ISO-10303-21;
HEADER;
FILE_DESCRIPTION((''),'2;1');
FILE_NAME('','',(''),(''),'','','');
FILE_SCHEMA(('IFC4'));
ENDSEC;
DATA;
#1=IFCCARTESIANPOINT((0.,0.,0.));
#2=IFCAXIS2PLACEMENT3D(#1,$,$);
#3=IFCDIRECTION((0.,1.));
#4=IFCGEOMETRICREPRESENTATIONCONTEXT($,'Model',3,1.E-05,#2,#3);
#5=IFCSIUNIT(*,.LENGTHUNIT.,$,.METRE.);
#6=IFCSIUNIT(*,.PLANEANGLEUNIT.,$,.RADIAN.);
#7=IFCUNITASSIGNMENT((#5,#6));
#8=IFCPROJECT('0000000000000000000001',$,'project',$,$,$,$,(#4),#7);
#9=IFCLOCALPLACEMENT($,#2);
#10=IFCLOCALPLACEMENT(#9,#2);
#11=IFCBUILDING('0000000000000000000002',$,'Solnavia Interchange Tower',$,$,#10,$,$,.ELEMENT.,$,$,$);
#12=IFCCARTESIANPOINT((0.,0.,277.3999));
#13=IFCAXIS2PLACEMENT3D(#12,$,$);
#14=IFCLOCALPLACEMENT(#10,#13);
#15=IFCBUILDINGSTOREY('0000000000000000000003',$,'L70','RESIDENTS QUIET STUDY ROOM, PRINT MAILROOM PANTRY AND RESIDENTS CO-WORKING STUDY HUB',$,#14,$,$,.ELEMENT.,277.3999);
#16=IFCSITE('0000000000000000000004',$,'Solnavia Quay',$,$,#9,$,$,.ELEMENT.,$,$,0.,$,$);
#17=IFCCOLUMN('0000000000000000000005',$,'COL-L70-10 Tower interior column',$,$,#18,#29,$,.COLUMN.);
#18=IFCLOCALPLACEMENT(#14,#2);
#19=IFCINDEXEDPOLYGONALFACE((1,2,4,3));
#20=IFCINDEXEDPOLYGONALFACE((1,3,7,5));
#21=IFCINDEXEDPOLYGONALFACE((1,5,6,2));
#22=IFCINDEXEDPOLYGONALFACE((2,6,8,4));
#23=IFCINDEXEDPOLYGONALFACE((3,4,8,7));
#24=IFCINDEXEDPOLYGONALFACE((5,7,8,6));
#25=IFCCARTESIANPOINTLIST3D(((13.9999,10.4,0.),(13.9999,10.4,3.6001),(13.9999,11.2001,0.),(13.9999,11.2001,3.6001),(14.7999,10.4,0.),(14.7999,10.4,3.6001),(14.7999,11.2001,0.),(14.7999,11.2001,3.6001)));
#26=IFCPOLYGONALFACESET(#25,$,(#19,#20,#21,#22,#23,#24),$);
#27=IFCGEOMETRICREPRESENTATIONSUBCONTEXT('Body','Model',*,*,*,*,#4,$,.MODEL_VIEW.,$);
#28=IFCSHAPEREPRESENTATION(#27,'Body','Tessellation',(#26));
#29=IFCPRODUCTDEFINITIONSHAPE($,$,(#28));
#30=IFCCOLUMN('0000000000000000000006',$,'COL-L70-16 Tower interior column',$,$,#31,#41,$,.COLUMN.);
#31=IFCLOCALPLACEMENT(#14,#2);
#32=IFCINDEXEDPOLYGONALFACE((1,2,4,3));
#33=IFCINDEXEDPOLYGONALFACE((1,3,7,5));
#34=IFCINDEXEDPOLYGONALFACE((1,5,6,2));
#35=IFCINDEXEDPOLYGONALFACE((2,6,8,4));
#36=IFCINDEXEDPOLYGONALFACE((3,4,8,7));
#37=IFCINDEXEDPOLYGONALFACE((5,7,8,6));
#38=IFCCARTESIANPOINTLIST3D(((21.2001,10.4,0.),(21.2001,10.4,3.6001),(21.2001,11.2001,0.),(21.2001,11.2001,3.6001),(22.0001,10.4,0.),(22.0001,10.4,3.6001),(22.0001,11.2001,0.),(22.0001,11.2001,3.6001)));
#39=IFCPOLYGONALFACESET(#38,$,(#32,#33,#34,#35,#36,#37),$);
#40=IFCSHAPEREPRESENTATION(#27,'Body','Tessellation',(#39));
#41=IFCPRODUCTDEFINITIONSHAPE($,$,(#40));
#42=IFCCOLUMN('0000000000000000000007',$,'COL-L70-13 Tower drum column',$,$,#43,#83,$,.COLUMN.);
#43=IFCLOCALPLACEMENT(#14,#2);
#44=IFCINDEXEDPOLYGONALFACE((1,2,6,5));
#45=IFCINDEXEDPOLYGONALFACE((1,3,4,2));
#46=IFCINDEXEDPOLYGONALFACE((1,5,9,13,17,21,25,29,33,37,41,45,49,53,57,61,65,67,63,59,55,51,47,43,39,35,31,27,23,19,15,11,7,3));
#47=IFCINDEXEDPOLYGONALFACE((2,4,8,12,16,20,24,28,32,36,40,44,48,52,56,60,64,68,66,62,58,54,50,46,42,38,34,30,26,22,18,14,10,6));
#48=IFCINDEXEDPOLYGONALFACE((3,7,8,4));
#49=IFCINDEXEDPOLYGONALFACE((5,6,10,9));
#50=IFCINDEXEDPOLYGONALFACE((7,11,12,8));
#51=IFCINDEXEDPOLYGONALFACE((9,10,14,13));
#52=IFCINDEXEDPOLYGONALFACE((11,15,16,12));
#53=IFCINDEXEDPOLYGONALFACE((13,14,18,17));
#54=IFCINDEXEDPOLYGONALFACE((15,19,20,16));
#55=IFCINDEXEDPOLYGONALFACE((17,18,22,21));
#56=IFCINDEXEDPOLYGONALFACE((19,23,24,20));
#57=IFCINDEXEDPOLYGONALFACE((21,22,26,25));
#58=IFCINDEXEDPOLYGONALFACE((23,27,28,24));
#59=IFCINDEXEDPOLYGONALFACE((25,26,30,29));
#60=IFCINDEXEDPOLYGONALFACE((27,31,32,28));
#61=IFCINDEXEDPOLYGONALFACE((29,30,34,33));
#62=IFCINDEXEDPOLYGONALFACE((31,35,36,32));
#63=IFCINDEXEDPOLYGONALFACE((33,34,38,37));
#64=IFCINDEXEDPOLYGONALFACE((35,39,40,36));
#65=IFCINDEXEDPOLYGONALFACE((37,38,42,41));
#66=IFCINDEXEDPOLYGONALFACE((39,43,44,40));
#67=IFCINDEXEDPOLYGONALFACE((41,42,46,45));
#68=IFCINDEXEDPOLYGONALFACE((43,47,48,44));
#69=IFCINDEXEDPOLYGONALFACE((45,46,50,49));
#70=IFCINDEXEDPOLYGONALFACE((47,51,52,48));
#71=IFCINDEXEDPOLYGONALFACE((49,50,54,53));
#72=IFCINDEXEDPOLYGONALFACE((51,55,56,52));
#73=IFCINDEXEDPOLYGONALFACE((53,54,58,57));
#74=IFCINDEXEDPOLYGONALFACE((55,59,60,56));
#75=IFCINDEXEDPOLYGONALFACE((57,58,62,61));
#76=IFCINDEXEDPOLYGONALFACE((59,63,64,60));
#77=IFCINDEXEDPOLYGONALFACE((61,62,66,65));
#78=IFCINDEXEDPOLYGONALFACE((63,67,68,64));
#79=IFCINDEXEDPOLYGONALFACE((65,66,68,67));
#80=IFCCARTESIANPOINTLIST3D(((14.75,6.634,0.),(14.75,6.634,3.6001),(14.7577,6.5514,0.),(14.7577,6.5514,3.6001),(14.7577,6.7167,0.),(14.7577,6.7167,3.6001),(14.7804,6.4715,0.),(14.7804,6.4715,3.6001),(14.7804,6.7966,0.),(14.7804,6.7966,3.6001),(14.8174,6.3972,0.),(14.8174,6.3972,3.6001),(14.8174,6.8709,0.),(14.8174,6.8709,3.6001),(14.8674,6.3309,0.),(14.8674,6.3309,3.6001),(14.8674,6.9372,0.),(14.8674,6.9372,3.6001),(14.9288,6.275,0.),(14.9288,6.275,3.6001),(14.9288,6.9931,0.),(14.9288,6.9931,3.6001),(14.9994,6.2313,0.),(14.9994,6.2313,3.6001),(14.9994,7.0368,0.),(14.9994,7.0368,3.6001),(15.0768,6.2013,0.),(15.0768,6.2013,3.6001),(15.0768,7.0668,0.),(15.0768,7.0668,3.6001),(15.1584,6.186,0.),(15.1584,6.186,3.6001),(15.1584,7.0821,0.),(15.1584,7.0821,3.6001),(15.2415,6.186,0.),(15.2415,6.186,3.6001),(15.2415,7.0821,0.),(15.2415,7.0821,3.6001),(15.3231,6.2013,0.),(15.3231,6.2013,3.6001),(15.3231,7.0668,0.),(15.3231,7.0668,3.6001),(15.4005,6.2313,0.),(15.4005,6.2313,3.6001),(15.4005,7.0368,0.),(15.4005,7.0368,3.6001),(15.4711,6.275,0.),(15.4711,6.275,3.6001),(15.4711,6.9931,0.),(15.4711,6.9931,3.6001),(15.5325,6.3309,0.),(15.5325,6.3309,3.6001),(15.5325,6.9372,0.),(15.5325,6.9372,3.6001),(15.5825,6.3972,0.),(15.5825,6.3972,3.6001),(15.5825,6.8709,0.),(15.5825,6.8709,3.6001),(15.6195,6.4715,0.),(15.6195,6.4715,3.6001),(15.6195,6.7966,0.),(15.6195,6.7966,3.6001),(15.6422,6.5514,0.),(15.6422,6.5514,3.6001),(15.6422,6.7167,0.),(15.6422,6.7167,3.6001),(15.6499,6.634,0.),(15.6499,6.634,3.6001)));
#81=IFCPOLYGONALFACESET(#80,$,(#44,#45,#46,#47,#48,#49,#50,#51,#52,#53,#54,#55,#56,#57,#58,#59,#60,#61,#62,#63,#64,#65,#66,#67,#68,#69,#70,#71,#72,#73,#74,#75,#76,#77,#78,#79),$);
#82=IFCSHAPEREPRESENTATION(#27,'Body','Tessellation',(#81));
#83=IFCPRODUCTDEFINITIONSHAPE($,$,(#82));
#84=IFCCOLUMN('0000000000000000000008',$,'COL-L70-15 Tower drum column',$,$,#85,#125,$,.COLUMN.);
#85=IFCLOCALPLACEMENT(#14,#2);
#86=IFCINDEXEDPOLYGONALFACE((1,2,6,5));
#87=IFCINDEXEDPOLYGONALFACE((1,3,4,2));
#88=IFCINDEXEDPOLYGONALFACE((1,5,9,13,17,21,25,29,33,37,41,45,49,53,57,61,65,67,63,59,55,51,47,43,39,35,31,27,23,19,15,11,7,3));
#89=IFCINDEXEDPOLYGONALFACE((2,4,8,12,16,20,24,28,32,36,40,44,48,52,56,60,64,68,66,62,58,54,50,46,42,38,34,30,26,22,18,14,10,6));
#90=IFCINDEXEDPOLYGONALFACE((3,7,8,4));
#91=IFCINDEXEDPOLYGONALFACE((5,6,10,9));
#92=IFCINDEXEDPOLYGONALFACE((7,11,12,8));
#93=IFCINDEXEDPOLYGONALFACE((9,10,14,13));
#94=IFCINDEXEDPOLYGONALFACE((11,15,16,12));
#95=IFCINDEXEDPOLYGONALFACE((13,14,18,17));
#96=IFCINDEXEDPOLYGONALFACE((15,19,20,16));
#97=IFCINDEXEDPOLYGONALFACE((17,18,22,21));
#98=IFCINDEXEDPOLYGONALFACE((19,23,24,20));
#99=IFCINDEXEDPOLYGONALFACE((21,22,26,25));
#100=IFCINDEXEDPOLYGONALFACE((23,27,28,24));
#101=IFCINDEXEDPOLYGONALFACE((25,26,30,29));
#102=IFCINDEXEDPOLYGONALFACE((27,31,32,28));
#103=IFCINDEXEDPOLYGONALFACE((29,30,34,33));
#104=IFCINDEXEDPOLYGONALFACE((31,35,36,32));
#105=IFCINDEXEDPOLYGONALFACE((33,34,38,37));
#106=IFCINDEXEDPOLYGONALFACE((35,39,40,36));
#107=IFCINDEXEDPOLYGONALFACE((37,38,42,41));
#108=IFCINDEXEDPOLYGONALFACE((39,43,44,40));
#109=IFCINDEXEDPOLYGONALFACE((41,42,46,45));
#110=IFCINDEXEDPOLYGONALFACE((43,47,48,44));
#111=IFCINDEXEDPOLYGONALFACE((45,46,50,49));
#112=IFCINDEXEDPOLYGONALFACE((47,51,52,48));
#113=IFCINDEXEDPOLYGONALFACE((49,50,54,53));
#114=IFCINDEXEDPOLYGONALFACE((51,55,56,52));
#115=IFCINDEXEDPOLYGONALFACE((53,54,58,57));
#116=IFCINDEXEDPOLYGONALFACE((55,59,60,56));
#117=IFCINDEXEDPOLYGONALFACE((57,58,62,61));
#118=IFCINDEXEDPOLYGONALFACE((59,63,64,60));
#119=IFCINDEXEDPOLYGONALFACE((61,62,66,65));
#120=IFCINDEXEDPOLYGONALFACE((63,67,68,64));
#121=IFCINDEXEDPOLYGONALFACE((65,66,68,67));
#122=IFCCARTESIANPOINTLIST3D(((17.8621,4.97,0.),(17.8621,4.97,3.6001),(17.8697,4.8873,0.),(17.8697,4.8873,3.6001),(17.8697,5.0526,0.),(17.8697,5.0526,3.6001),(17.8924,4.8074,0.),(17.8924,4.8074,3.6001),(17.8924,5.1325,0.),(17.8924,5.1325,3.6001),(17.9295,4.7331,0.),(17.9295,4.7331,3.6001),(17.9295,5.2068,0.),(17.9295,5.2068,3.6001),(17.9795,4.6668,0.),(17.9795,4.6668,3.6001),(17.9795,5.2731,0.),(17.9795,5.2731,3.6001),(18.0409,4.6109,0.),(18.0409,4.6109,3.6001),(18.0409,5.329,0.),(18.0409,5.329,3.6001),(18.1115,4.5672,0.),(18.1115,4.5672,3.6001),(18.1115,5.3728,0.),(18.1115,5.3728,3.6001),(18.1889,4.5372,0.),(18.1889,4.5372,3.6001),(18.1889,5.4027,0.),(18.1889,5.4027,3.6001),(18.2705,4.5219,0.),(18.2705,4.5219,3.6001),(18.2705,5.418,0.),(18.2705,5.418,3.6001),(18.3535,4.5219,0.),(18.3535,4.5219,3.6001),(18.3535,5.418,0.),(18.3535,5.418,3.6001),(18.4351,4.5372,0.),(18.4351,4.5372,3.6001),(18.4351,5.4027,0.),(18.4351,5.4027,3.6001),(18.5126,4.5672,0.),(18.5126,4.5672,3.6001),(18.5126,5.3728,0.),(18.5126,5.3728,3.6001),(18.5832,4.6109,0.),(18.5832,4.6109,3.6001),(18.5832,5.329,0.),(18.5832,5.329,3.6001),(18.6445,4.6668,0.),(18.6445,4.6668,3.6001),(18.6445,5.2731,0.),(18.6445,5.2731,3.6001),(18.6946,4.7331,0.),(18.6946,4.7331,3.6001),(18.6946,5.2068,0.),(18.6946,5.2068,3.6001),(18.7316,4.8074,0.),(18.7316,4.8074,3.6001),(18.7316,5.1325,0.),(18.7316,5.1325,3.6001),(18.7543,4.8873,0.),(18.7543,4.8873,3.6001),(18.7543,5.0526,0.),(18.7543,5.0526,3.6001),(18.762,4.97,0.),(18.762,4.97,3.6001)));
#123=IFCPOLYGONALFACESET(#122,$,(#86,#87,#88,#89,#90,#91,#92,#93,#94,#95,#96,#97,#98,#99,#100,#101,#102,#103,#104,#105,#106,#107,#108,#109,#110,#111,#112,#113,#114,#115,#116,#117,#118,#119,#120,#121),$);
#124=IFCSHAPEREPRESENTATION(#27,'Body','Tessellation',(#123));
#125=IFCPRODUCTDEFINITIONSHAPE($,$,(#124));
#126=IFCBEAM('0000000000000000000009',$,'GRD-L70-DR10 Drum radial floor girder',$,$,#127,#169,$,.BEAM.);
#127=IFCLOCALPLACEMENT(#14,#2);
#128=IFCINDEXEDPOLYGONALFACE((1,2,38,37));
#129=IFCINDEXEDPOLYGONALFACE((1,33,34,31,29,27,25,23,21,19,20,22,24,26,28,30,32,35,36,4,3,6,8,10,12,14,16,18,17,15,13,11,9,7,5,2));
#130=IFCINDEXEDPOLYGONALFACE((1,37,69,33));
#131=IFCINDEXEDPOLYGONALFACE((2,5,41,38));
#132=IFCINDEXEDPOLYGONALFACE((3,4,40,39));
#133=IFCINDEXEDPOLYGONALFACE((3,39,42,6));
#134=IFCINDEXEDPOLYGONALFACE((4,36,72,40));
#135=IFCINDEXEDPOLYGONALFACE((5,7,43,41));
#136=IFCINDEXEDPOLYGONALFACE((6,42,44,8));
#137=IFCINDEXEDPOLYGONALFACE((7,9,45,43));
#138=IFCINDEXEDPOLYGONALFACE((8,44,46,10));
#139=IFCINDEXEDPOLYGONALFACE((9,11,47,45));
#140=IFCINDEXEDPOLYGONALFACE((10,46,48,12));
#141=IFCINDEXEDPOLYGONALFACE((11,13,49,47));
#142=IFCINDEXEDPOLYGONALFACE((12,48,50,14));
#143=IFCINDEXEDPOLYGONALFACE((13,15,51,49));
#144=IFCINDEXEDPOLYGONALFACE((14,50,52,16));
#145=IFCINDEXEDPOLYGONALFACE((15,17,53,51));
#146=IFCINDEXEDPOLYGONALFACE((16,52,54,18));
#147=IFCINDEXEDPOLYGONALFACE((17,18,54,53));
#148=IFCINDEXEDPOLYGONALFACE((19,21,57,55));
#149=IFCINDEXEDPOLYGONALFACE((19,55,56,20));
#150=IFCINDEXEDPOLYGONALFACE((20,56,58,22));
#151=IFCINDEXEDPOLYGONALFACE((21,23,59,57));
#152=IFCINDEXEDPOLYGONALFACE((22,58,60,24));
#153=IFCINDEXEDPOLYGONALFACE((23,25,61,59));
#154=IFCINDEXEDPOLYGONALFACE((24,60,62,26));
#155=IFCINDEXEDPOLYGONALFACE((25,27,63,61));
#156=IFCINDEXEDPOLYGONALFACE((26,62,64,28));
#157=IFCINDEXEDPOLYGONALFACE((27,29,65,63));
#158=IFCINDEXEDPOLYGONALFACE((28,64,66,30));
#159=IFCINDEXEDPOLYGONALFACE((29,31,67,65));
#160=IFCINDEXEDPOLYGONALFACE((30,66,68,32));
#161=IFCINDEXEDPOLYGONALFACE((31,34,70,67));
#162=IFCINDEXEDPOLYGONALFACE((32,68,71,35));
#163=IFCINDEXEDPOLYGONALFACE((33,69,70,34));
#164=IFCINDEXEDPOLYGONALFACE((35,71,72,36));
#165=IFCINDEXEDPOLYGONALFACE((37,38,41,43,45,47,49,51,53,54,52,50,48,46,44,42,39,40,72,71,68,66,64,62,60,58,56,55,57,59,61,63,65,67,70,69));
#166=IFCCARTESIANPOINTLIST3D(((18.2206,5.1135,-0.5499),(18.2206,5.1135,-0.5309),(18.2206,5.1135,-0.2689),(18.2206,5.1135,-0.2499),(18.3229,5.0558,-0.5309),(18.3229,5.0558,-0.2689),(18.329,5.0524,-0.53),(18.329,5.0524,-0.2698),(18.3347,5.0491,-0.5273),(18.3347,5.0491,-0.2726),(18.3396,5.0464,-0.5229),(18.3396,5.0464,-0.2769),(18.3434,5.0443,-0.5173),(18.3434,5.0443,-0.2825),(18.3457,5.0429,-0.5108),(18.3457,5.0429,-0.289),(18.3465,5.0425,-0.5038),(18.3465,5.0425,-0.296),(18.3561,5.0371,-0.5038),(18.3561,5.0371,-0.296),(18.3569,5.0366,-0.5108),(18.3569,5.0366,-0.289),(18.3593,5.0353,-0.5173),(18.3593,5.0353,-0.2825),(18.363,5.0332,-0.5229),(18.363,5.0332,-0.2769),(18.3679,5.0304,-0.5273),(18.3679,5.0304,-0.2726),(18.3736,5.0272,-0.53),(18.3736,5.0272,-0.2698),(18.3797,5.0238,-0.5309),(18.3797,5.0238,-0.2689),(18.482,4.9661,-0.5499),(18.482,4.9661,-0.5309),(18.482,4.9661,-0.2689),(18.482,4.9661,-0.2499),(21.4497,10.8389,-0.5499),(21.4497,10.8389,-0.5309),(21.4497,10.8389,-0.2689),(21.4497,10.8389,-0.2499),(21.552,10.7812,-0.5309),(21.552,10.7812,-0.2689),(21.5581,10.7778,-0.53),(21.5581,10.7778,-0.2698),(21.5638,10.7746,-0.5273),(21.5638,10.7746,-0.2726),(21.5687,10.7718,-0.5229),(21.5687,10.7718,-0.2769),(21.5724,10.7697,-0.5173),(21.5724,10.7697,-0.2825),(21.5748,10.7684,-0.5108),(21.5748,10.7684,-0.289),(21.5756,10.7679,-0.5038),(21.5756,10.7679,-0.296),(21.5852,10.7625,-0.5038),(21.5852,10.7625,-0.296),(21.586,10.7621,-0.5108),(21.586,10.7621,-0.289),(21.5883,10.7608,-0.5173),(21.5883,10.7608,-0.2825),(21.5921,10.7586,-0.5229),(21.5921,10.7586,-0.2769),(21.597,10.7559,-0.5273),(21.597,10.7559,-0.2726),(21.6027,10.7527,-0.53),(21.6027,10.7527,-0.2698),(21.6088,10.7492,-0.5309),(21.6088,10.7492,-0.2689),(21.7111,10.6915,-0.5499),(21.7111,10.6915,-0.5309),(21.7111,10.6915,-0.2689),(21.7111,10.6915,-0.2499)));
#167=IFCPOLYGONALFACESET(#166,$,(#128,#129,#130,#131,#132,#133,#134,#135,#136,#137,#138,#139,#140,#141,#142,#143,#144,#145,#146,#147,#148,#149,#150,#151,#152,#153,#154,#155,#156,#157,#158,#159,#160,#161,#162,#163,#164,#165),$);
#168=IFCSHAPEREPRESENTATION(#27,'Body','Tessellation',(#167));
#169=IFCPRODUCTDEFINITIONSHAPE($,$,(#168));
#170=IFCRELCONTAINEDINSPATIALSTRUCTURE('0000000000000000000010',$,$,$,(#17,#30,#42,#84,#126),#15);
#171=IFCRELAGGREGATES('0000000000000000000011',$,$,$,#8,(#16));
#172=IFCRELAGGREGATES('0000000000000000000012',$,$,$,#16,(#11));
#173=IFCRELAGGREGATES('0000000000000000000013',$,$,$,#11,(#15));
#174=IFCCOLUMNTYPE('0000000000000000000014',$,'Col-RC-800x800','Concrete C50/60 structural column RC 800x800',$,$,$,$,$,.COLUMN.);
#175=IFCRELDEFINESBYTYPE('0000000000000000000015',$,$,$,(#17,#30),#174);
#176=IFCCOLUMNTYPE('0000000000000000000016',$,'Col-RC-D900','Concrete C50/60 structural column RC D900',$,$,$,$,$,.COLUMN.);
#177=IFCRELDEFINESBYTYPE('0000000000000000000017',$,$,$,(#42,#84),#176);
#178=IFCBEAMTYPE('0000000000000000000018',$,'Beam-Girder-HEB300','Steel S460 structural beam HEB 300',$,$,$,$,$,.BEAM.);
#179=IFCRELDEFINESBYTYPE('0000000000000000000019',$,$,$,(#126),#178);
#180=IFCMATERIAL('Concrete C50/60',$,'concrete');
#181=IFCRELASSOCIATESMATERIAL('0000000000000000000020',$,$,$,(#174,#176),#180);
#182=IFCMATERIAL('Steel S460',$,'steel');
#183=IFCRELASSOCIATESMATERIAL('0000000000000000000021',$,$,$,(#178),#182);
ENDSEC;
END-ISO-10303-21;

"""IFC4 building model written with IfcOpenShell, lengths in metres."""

from ifc_helpers import new_model, si_unit, direction, frame, origin, origin_2d, place, context, subcontext, project, spatial, rectangle, circle, i_section, extrude, material, material_profile, profile_set, type_object, element, save


model = new_model("IFC4")

# Units and contexts
model_context = context("Model", 3, precision=1e-05, world=origin(), true_north=direction((0.0, 1.0)))
body_context = subcontext(model_context, "Body", "Model", "MODEL_VIEW")
ifc_project = project(units=[si_unit("LENGTHUNIT", "METRE"), si_unit("PLANEANGLEUNIT", "RADIAN")], contexts=[model_context])

# Site, building, storey
site_placement = place(None, origin())
site = spatial("IfcSite", under=ifc_project, at=site_placement, Name="Solnavia Quay", CompositionType="ELEMENT", RefElevation=0.0)
building_placement = place(site_placement, origin())
building = spatial("IfcBuilding", under=site, at=building_placement, Name="Solnavia Interchange Tower", CompositionType="ELEMENT")
storey_placement = place(building_placement, frame((0.0, 0.0, 277.3999)))
storey = spatial("IfcBuildingStorey", under=building, at=storey_placement, Name="L70", Description="RESIDENTS QUIET STUDY ROOM, PRINT MAILROOM PANTRY AND RESIDENTS CO-WORKING STUDY HUB", CompositionType="ELEMENT", Elevation=277.3999)

# Columns
ifc_material_1 = material(Name="Concrete C50/60", Category="concrete")
ifc_material_profile_1 = material_profile(ifc_material_1, rectangle(XDim=0.8, YDim=0.8, at=origin_2d()), Name="RC 800x800")
ifc_profile_set_1 = profile_set([ifc_material_profile_1], Name="Concrete C50/60")
column_type_1 = type_object("IfcColumnType", Name="Col-RC-800x800", Description="Concrete C50/60 structural column RC 800x800", PredefinedType="COLUMN", material=ifc_profile_set_1)
for number, where, z_axis, x_axis, name in (
    (1, (14.3999, 10.8, 0.0), (0.0, 0.0, 1.0), (1.0, 0.0, 0.0), "COL-L70-10 Tower interior column"),
    (2, (21.6001, 10.8, 0.0), (0.0, 0.0, 1.0), (1.0, 0.0, 0.0), "COL-L70-16 Tower interior column"),
):
    element("IfcColumn", number, at=place(storey_placement, frame(where, z_axis=z_axis, x_axis=x_axis)), inside=storey, type_object=column_type_1, Name=name, PredefinedType="COLUMN", context=body_context, shape_type="SweptSolid", body=[
        extrude(rectangle(XDim=0.8, YDim=0.8, at=origin_2d()), origin(), (0.0, 0.0, 1.0), 3.6001),
    ])
ifc_material_profile_2 = material_profile(ifc_material_1, circle(Radius=0.45, at=origin_2d()), Name="RC D900")
ifc_profile_set_2 = profile_set([ifc_material_profile_2], Name="Concrete C50/60")
column_type_2 = type_object("IfcColumnType", Name="Col-RC-D900", Description="Concrete C50/60 structural column RC D900", PredefinedType="COLUMN", material=ifc_profile_set_2)
for number, where, z_axis, x_axis, name in (
    (3, (15.2, 6.634, 0.0), (0.0, 0.0, 1.0), (1.0, 0.0, 0.0), "COL-L70-13 Tower drum column"),
    (4, (18.312, 4.97, 0.0), (0.0, 0.0, 1.0), (1.0, 0.0, 0.0), "COL-L70-15 Tower drum column"),
):
    element("IfcColumn", number, at=place(storey_placement, frame(where, z_axis=z_axis, x_axis=x_axis)), inside=storey, type_object=column_type_2, Name=name, PredefinedType="COLUMN", context=body_context, shape_type="SweptSolid", body=[
        extrude(circle(Radius=0.45, at=origin_2d()), origin(), (0.0, 0.0, 1.0), 3.6001),
    ])

# Beam
ifc_material_2 = material(Name="Steel S460", Category="steel")
ifc_material_profile_3 = material_profile(ifc_material_2, i_section(OverallWidth=0.3, OverallDepth=0.3, WebThickness=0.011, FlangeThickness=0.019, FilletRadius=0.0271, at=origin_2d()), Name="HEB 300")
ifc_profile_set_3 = profile_set([ifc_material_profile_3], Name="Steel S460")
beam_type_1 = type_object("IfcBeamType", Name="Beam-Girder-HEB300", Description="Steel S460 structural beam HEB 300", PredefinedType="BEAM", material=ifc_profile_set_3)
beam_1_placement = place(storey_placement, frame((18.3513, 5.0398, -0.3999), z_axis=(0.491243, 0.871022, 0.0), x_axis=(-0.871022, 0.491243, 0.0)))
element("IfcBeam", 5, at=beam_1_placement, inside=storey, type_object=beam_type_1, Name="GRD-L70-DR10 Drum radial floor girder", PredefinedType="BEAM", context=body_context, shape_type="SweptSolid", body=[
    extrude(i_section(OverallWidth=0.3, OverallDepth=0.3, WebThickness=0.011, FlangeThickness=0.019, FilletRadius=0.0271, at=origin_2d()), origin(), (0.0, 0.0, 1.0), 6.5732),
])

save(model, "model.ifc")
